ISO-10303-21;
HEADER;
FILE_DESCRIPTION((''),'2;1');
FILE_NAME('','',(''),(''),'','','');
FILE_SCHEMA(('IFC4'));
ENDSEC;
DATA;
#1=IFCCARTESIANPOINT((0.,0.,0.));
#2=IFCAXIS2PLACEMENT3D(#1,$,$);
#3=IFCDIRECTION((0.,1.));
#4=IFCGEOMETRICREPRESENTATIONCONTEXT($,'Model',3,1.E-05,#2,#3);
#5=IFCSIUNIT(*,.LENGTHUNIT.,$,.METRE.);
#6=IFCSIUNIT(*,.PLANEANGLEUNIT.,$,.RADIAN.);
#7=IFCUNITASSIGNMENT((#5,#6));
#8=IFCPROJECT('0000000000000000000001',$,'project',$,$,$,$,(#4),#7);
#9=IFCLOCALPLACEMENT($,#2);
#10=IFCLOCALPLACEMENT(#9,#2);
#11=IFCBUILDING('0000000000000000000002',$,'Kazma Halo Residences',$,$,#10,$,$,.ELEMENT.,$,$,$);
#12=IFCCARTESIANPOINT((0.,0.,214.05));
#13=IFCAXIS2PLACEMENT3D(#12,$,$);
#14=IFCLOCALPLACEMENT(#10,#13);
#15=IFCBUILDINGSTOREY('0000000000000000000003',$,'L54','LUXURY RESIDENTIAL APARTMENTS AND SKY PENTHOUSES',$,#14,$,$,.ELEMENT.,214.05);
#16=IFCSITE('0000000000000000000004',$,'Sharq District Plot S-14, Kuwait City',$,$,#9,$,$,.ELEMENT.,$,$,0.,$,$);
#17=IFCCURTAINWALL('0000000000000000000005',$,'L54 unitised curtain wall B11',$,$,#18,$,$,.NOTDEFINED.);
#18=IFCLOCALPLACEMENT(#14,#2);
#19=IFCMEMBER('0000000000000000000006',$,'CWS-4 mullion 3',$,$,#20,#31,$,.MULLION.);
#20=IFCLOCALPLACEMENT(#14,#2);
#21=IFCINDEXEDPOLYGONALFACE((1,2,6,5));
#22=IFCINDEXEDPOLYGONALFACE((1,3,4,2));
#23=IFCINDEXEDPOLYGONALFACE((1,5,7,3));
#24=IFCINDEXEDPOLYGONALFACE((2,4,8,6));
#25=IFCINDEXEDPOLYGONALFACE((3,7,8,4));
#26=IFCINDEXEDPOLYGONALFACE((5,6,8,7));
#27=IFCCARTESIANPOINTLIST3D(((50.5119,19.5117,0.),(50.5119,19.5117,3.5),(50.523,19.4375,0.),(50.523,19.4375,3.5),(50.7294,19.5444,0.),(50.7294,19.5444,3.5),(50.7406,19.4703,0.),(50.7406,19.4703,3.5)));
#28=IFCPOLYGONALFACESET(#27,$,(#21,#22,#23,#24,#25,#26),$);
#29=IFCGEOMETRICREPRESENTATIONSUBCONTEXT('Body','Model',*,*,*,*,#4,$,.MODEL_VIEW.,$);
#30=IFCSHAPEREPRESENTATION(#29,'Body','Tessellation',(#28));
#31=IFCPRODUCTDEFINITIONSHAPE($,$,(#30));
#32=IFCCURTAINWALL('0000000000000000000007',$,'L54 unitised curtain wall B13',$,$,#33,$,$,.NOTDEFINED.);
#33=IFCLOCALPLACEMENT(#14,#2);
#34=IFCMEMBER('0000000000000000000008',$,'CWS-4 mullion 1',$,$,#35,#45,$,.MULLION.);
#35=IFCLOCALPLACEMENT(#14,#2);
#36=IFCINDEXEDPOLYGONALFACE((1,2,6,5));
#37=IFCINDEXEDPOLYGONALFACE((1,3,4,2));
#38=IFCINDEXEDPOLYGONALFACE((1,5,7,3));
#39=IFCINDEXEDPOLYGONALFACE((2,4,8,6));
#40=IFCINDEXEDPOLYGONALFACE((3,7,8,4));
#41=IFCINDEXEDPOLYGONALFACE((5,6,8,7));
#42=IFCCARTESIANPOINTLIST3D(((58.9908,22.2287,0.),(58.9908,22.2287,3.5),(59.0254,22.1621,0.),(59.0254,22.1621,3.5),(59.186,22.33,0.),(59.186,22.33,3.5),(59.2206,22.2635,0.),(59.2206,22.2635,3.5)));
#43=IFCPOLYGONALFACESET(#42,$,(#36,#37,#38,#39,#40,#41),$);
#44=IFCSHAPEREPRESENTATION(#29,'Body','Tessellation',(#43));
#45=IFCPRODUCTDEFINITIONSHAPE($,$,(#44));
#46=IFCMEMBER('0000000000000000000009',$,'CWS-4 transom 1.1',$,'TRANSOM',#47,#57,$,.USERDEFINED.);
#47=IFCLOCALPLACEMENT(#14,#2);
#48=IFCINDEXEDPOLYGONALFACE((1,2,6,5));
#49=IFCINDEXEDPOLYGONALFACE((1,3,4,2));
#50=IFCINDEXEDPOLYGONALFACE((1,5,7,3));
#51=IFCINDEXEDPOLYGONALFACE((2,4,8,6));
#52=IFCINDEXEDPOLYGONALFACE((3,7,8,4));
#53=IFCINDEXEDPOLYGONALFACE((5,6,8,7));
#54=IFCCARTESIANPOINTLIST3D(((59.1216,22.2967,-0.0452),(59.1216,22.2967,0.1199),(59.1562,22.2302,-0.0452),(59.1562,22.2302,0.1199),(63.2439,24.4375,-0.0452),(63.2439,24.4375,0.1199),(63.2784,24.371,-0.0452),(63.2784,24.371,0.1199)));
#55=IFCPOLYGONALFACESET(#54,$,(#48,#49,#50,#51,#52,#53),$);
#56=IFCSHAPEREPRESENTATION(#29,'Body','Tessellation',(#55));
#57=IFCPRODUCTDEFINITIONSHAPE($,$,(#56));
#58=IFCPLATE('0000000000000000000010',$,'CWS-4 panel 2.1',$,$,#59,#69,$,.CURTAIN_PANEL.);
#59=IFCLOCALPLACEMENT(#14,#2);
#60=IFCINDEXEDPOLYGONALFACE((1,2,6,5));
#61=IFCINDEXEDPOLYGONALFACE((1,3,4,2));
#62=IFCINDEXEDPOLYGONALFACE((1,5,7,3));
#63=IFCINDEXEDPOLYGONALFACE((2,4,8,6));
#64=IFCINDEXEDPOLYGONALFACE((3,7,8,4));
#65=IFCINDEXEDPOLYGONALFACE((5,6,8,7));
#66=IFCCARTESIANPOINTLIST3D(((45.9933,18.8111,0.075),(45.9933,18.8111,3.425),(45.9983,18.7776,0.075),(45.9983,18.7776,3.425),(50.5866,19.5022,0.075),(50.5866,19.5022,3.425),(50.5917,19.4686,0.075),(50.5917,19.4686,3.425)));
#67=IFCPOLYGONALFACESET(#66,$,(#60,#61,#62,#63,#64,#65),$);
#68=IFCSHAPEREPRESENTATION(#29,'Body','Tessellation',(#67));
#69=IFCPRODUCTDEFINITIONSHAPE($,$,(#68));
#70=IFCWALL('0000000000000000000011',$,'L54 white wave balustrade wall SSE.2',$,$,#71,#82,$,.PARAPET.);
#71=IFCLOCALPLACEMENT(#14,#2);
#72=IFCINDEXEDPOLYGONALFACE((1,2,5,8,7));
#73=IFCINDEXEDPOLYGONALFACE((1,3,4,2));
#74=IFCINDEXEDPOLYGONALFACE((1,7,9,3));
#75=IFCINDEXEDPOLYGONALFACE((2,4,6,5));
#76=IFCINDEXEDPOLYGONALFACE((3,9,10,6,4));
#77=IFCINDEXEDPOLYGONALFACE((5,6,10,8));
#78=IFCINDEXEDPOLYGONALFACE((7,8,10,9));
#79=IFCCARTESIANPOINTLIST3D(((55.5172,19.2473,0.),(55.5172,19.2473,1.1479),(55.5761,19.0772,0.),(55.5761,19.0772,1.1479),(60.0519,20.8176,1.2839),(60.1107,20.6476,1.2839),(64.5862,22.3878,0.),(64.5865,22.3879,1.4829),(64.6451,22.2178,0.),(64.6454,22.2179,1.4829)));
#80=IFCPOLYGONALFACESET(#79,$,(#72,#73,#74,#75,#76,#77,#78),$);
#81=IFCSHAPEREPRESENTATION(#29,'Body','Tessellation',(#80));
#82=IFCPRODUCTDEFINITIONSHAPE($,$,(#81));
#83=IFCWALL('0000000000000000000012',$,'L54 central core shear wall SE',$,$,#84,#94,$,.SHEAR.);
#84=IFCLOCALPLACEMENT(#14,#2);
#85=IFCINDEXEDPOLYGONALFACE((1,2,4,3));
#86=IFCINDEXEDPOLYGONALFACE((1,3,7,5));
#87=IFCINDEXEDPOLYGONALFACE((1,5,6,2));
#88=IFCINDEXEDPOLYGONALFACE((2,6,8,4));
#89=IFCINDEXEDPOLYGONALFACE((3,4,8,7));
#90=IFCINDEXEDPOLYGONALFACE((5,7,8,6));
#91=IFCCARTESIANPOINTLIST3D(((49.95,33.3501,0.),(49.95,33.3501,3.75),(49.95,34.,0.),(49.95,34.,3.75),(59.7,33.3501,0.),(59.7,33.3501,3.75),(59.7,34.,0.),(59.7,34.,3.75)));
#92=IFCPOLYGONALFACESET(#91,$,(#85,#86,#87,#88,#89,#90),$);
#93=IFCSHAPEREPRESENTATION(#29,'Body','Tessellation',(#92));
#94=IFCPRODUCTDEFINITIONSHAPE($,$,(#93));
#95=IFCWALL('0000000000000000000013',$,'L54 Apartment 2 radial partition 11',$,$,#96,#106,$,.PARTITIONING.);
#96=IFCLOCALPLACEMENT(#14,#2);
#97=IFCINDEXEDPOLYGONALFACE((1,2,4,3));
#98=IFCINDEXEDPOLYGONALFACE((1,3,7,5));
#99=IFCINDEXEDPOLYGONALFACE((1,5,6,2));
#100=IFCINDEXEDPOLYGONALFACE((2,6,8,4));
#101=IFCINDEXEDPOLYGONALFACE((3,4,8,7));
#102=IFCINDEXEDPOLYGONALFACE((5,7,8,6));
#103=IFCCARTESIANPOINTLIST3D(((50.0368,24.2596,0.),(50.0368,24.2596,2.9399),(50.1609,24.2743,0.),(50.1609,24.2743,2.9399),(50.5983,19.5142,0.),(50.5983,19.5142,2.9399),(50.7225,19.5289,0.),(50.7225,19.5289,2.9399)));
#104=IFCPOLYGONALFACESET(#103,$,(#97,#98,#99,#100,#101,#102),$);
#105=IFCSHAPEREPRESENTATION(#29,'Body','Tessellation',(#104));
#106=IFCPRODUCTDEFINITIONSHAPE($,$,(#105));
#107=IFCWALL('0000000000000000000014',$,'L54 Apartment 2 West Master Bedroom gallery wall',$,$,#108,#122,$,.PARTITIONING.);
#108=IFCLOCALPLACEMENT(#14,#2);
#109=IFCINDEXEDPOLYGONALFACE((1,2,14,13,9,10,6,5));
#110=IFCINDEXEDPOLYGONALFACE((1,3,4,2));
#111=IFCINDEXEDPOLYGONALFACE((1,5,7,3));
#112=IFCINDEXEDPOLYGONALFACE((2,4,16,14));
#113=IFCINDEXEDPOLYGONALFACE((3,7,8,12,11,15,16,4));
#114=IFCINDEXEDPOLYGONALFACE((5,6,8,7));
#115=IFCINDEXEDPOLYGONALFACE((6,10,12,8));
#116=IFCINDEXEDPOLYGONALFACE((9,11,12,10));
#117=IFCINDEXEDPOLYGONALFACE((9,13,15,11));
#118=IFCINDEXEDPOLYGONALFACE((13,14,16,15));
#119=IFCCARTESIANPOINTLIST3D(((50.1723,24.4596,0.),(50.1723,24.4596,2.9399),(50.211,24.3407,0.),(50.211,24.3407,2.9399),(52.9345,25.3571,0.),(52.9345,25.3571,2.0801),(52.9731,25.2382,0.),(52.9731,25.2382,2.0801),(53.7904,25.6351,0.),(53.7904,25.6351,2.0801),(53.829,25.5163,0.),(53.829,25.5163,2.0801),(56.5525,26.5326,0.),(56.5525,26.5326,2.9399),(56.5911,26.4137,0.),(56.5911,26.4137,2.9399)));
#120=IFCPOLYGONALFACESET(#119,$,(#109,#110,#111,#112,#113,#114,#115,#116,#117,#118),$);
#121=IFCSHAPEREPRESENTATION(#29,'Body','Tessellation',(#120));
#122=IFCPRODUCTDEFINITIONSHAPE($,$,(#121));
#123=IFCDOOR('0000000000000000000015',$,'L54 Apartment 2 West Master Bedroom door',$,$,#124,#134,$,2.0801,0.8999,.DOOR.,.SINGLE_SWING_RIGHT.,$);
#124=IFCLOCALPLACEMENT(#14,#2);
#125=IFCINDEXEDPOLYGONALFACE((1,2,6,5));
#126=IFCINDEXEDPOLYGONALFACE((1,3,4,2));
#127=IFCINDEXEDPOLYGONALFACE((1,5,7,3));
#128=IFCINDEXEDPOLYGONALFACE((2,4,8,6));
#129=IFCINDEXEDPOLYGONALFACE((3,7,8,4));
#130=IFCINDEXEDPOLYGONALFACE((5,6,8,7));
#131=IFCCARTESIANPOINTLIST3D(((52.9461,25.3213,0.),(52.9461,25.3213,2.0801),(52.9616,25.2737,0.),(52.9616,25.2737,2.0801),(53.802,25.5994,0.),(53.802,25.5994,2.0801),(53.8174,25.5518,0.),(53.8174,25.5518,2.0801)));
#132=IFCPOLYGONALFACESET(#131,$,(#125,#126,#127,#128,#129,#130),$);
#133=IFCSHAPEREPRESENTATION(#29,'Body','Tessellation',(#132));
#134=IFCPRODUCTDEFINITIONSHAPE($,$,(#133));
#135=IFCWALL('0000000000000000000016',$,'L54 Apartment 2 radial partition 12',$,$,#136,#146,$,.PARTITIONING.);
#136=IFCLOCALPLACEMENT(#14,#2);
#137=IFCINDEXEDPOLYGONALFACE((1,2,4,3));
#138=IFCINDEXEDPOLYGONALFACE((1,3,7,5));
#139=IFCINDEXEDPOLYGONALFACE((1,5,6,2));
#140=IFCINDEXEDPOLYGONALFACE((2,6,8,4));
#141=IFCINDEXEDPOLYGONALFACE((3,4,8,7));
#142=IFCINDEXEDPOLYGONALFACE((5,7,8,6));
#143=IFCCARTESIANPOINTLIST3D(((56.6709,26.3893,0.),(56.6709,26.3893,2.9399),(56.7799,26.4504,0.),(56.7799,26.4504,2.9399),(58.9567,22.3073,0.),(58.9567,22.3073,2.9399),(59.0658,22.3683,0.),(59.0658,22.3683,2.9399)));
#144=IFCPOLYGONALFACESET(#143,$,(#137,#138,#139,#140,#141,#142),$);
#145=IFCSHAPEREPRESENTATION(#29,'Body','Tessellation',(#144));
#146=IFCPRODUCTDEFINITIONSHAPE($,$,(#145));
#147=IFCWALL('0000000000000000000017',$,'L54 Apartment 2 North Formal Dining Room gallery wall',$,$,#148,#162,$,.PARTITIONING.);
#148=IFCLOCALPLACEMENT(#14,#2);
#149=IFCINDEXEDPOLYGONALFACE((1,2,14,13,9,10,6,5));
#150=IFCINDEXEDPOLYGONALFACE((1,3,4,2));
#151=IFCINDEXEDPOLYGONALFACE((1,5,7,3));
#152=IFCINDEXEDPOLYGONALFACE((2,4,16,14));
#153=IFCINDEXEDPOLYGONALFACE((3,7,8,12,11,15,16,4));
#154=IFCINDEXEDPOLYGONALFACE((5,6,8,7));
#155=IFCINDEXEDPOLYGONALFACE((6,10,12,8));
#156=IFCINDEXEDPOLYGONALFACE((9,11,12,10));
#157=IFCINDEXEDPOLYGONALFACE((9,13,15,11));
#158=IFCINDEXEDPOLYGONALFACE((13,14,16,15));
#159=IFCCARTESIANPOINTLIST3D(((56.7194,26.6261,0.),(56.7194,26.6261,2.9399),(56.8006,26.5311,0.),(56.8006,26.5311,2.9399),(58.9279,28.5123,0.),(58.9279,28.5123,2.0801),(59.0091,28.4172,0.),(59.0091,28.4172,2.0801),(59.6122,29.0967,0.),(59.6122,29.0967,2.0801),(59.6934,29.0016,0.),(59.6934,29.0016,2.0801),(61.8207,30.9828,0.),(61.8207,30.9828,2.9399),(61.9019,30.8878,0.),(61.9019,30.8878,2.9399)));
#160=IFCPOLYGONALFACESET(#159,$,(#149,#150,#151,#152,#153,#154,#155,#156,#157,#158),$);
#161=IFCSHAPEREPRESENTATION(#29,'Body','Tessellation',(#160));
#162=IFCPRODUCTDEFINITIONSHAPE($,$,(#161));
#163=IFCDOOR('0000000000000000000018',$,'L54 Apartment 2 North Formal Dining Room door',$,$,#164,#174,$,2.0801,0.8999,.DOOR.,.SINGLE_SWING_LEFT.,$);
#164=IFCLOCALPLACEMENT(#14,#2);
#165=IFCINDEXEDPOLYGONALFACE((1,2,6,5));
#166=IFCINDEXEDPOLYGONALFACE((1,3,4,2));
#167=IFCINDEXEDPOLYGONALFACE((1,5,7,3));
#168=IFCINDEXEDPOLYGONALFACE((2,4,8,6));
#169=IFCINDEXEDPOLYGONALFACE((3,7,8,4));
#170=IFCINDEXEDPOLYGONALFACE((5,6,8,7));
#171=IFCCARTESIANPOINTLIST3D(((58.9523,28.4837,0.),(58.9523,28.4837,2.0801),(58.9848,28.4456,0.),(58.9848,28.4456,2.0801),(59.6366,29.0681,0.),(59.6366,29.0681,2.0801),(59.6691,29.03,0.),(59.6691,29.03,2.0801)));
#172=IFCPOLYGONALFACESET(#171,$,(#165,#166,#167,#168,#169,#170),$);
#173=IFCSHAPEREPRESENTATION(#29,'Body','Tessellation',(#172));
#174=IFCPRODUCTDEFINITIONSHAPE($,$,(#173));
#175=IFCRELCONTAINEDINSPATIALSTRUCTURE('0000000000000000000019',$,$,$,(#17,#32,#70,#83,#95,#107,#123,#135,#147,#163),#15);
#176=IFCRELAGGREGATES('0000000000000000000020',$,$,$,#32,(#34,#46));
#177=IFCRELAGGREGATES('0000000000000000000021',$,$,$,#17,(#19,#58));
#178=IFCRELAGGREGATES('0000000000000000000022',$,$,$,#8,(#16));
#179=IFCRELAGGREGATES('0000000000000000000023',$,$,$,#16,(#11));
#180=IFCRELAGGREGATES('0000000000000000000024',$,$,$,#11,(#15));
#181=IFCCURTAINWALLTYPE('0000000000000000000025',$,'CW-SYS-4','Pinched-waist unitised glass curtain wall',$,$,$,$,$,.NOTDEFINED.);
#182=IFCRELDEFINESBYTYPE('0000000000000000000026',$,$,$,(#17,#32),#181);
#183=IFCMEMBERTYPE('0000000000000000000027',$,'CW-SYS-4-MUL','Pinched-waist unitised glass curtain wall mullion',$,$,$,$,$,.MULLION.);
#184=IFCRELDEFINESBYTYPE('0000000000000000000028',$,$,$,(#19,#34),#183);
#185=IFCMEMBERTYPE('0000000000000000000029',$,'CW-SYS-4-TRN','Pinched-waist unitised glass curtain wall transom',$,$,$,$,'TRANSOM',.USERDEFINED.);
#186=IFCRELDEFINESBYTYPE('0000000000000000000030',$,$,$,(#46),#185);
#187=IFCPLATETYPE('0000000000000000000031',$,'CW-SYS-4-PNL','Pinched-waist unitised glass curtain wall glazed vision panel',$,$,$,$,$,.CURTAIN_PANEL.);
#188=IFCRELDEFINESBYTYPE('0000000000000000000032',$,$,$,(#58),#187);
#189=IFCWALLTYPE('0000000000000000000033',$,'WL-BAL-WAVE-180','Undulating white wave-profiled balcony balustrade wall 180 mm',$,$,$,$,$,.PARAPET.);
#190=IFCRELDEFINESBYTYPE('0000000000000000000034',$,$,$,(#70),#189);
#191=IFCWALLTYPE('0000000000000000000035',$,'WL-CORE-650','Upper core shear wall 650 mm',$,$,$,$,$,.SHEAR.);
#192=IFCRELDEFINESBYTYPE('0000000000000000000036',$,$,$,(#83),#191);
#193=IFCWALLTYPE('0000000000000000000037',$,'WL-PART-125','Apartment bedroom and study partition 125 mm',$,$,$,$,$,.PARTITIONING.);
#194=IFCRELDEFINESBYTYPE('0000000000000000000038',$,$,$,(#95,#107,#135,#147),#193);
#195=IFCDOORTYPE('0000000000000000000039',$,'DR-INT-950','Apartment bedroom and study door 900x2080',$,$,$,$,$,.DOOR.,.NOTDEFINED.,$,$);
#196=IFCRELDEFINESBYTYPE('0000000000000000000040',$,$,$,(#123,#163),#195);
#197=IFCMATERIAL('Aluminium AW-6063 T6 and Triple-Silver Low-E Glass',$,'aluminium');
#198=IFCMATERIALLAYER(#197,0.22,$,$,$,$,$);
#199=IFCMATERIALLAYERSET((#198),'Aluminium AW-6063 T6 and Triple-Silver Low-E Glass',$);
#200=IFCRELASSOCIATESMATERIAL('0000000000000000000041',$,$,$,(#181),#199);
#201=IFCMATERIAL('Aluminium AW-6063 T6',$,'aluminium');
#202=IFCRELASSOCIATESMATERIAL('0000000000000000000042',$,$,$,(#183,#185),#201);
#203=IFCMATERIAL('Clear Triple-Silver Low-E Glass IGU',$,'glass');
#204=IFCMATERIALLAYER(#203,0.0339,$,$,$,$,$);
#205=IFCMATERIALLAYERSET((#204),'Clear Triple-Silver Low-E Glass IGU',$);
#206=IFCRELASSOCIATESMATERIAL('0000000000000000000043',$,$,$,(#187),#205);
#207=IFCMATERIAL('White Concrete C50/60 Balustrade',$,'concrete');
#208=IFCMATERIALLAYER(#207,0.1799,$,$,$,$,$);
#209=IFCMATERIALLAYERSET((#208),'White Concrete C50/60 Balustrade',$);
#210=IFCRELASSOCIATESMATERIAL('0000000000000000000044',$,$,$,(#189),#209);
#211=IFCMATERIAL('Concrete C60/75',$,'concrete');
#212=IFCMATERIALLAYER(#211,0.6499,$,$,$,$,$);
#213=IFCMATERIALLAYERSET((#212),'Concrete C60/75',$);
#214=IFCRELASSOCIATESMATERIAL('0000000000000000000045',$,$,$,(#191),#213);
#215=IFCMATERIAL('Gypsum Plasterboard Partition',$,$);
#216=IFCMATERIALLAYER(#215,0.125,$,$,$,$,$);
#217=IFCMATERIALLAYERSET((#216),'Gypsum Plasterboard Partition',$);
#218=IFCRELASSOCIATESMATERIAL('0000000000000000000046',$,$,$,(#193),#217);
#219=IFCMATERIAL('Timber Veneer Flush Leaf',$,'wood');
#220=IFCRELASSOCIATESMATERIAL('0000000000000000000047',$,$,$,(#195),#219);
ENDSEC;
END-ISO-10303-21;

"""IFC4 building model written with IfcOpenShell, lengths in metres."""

from ifc_helpers import new_model, si_unit, direction, frame, frame_2d, origin, origin_2d, place, context, subcontext, project, spatial, polyline, rectangle, outline, extrude, material, layer, layer_set, material_profile, profile_set, type_object, element, fill, aggregate, save


model = new_model("IFC4")

# Units and contexts
model_context = context("Model", 3, precision=1e-05, world=origin(), true_north=direction((0.0, 1.0)))
body_context = subcontext(model_context, "Body", "Model", "MODEL_VIEW")
ifc_project = project(units=[si_unit("LENGTHUNIT", "METRE"), si_unit("PLANEANGLEUNIT", "RADIAN")], contexts=[model_context])

# Site, building, storey
site_placement = place(None, origin())
site = spatial("IfcSite", under=ifc_project, at=site_placement, Name="Sharq District Plot S-14, Kuwait City", CompositionType="ELEMENT", RefElevation=0.0)
building_placement = place(site_placement, origin())
building = spatial("IfcBuilding", under=site, at=building_placement, Name="Kazma Halo Residences", CompositionType="ELEMENT")
storey_placement = place(building_placement, frame((0.0, 0.0, 214.05)))
storey = spatial("IfcBuildingStorey", under=building, at=storey_placement, Name="L54", Description="LUXURY RESIDENTIAL APARTMENTS AND SKY PENTHOUSES", CompositionType="ELEMENT", Elevation=214.05)

# Curtain wall, member
ifc_material_1 = material(Name="Aluminium AW-6063 T6 and Triple-Silver Low-E Glass", Category="aluminium")
ifc_layer_1 = layer(ifc_material_1, 0.22)
ifc_layer_set_1 = layer_set([ifc_layer_1], Name="Aluminium AW-6063 T6 and Triple-Silver Low-E Glass")
curtain_wall_type = type_object("IfcCurtainWallType", Name="CW-SYS-4", Description="Pinched-waist unitised glass curtain wall", PredefinedType="NOTDEFINED", material=ifc_layer_set_1)
curtain_wall_1_placement = place(storey_placement, origin())
curtain_wall_1 = element("IfcCurtainWall", 1, at=curtain_wall_1_placement, inside=storey, type_object=curtain_wall_type, Name="L54 unitised curtain wall B11", PredefinedType="NOTDEFINED")
ifc_material_2 = material(Name="Aluminium AW-6063 T6", Category="aluminium")
ifc_material_profile_1 = material_profile(ifc_material_2, rectangle(XDim=0.075, YDim=0.22, at=origin_2d()), Name="CWM-75x220")
ifc_profile_set_1 = profile_set([ifc_material_profile_1], Name="Aluminium AW-6063 T6")
member_type_1 = type_object("IfcMemberType", Name="CW-SYS-4-MUL", Description="Pinched-waist unitised glass curtain wall mullion", PredefinedType="MULLION", material=ifc_profile_set_1)
member_1_placement = place(storey_placement, frame((50.6262, 19.491, 0.0), z_axis=(0.0, 0.0, 1.0), x_axis=(-0.148773, 0.988871, 0.0)))
member_1 = element("IfcMember", 2, at=member_1_placement, type_object=member_type_1, Name="CWS-4 mullion 3", PredefinedType="MULLION", context=body_context, shape_type="SweptSolid", body=[
    extrude(rectangle(XDim=0.075, YDim=0.22, at=origin_2d()), origin(), (0.0, 0.0, 1.0), 3.5),
])

# Curtain wall, members
curtain_wall_2_placement = place(storey_placement, origin())
curtain_wall_2 = element("IfcCurtainWall", 3, at=curtain_wall_2_placement, inside=storey, type_object=curtain_wall_type, Name="L54 unitised curtain wall B13", PredefinedType="NOTDEFINED")
member_2_placement = place(storey_placement, frame((59.1057, 22.2461, 0.0), z_axis=(0.0, 0.0, 1.0), x_axis=(-0.460874, 0.887466, 0.0)))
member_2 = element("IfcMember", 4, at=member_2_placement, type_object=member_type_1, Name="CWS-4 mullion 1", PredefinedType="MULLION", context=body_context, shape_type="SweptSolid", body=[
    extrude(rectangle(XDim=0.075, YDim=0.22, at=origin_2d()), origin(), (0.0, 0.0, 1.0), 3.5),
])
ifc_material_profile_2 = material_profile(ifc_material_2, rectangle(XDim=0.075, YDim=0.165, at=origin_2d()), Name="CWT-75x165")
ifc_profile_set_2 = profile_set([ifc_material_profile_2], Name="Aluminium AW-6063 T6")
member_type_2 = type_object("IfcMemberType", Name="CW-SYS-4-TRN", Description="Pinched-waist unitised glass curtain wall transom", ElementType="TRANSOM", PredefinedType="USERDEFINED", material=ifc_profile_set_2)
member_3_placement = place(storey_placement, frame((59.1389, 22.2634, 0.0374), z_axis=(0.887458, 0.460889, 0.0), x_axis=(-0.460889, 0.887458, 0.0)))
member_3 = element("IfcMember", 5, at=member_3_placement, type_object=member_type_2, Name="CWS-4 transom 1.1", ObjectType="TRANSOM", PredefinedType="USERDEFINED", context=body_context, shape_type="SweptSolid", body=[
    extrude(rectangle(XDim=0.075, YDim=0.165, at=origin_2d()), origin(), (0.0, 0.0, 1.0), 4.645),
])
aggregate(curtain_wall_2, [member_2, member_3])

# Plate
ifc_material_3 = material(Name="Clear Triple-Silver Low-E Glass IGU", Category="glass")
ifc_layer_2 = layer(ifc_material_3, 0.0339)
ifc_layer_set_2 = layer_set([ifc_layer_2], Name="Clear Triple-Silver Low-E Glass IGU")
plate_type = type_object("IfcPlateType", Name="CW-SYS-4-PNL", Description="Pinched-waist unitised glass curtain wall glazed vision panel", PredefinedType="CURTAIN_PANEL", material=ifc_layer_set_2)
plate_placement = place(storey_placement, frame((48.2925, 19.1399, 0.075), z_axis=(0.0, 0.0, 1.0), x_axis=(0.988871, 0.148773, 0.0)))
plate = element("IfcPlate", 6, at=plate_placement, type_object=plate_type, Name="CWS-4 panel 2.1", PredefinedType="CURTAIN_PANEL", context=body_context, shape_type="SweptSolid", body=[
    extrude(rectangle(XDim=4.645, YDim=0.0339, at=origin_2d()), origin(), (0.0, 0.0, 1.0), 3.3501),
])
aggregate(curtain_wall_1, [member_1, plate])

# Walls
ifc_material_4 = material(Name="White Concrete C50/60 Balustrade", Category="concrete")
ifc_layer_3 = layer(ifc_material_4, 0.1799)
ifc_layer_set_3 = layer_set([ifc_layer_3], Name="White Concrete C50/60 Balustrade")
wall_type_1 = type_object("IfcWallType", Name="WL-BAL-WAVE-180", Description="Undulating white wave-profiled balcony balustrade wall 180 mm", PredefinedType="PARAPET", material=ifc_layer_set_3)
wall_1_placement = place(storey_placement, frame((55.5466, 19.1624, 0.0), z_axis=(0.0, 0.0, 1.0), x_axis=(0.944943, 0.327234, 0.0)))
element("IfcWall", 7, at=wall_1_placement, inside=storey, type_object=wall_type_1, Name="L54 white wave balustrade wall SSE.2", PredefinedType="PARAPET", context=body_context, shape_type="SweptSolid", body=[
    extrude(outline(polyline([(0.0, 0.0), (9.5974, 0.0), (9.5977, 1.4829), (4.7988, 1.2839), (0.0, 1.1479), (0.0, 0.0)])), frame((0.0, 0.0898, 0.0), z_axis=(0.0, -1.0, 0.0), x_axis=(1.0, 0.0, 0.0)), (0.0, 0.0, 1.0), 0.1799),
])
ifc_material_5 = material(Name="Concrete C60/75", Category="concrete")
ifc_layer_4 = layer(ifc_material_5, 0.6499)
ifc_layer_set_4 = layer_set([ifc_layer_4], Name="Concrete C60/75")
wall_type_2 = type_object("IfcWallType", Name="WL-CORE-650", Description="Upper core shear wall 650 mm", PredefinedType="SHEAR", material=ifc_layer_set_4)
wall_2_placement = place(storey_placement, frame((49.95, 33.675, 0.0), z_axis=(0.0, 0.0, 1.0), x_axis=(1.0, 0.0, 0.0)))
element("IfcWall", 8, at=wall_2_placement, inside=storey, type_object=wall_type_2, Name="L54 central core shear wall SE", PredefinedType="SHEAR", context=body_context, shape_type="SweptSolid", body=[
    extrude(rectangle(XDim=9.75, YDim=0.6499, at=frame_2d((4.875, 0.0))), origin(), (0.0, 0.0, 1.0), 3.75),
])

# Wall
ifc_material_6 = material(Name="Gypsum Plasterboard Partition")
ifc_layer_5 = layer(ifc_material_6, 0.125)
ifc_layer_set_5 = layer_set([ifc_layer_5], Name="Gypsum Plasterboard Partition")
wall_type_3 = type_object("IfcWallType", Name="WL-PART-125", Description="Apartment bedroom and study partition 125 mm", PredefinedType="PARTITIONING", material=ifc_layer_set_5)
wall_3_placement = place(storey_placement, frame((50.0989, 24.2668, 0.0), z_axis=(0.0, 0.0, 1.0), x_axis=(0.117511, -0.993072, 0.0)))
element("IfcWall", 9, at=wall_3_placement, inside=storey, type_object=wall_type_3, Name="L54 Apartment 2 radial partition 11", PredefinedType="PARTITIONING", context=body_context, shape_type="SweptSolid", body=[
    extrude(rectangle(XDim=4.7786, YDim=0.125, at=frame_2d((2.3892, 0.0))), origin(), (0.0, 0.0, 1.0), 2.9399),
])

# Wall, opening, door
wall_4_placement = place(storey_placement, frame((50.1917, 24.4001, 0.0), z_axis=(0.0, 0.0, 1.0), x_axis=(0.951058, 0.309013, 0.0)))
wall_4 = element("IfcWall", 10, at=wall_4_placement, inside=storey, type_object=wall_type_3, Name="L54 Apartment 2 West Master Bedroom gallery wall", PredefinedType="PARTITIONING", context=body_context, shape_type="SweptSolid", body=[
    extrude(rectangle(XDim=6.7085, YDim=0.125, at=frame_2d((3.3542, 0.0))), origin(), (0.0, 0.0, 1.0), 2.9399),
])
opening_1_placement = place(wall_4_placement, frame((2.9043, 0.0, 0.0)))
opening_1 = element("IfcOpeningElement", 11, at=opening_1_placement, cuts=wall_4, PredefinedType="OPENING", context=body_context, shape_type="SweptSolid", body=[
    extrude(rectangle(XDim=0.8999, YDim=2.0801, at=frame_2d((0.45, 1.04))), frame((0.0, 0.0725, 0.0), z_axis=(0.0, -1.0, 0.0), x_axis=(1.0, 0.0, 0.0)), (0.0, 0.0, 1.0), 0.145),
])
ifc_material_7 = material(Name="Timber Veneer Flush Leaf", Category="wood")
door_type_1 = type_object("IfcDoorType", Name="DR-INT-950", Description="Apartment bedroom and study door 900x2080", OperationType="NOTDEFINED", PredefinedType="DOOR", material=ifc_material_7)
door_1_placement = place(opening_1_placement, origin())
door_1 = element("IfcDoor", 12, at=door_1_placement, inside=storey, type_object=door_type_1, Name="L54 Apartment 2 West Master Bedroom door", OperationType="SINGLE_SWING_RIGHT", OverallHeight=2.0801, OverallWidth=0.8999, PredefinedType="DOOR", context=body_context, shape_type="SweptSolid", body=[
    extrude(rectangle(XDim=0.8999, YDim=2.0801, at=frame_2d((0.45, 1.04))), frame((0.0, 0.0249, 0.0), z_axis=(0.0, -1.0, 0.0), x_axis=(1.0, 0.0, 0.0)), (0.0, 0.0, 1.0), 0.05),
])
fill(opening_1, door_1)

# Wall
wall_5_placement = place(storey_placement, frame((56.7253, 26.4199, 0.0), z_axis=(0.0, 0.0, 1.0), x_axis=(0.488595, -0.87251, 0.0)))
element("IfcWall", 13, at=wall_5_placement, inside=storey, type_object=wall_type_3, Name="L54 Apartment 2 radial partition 12", PredefinedType="PARTITIONING", context=body_context, shape_type="SweptSolid", body=[
    extrude(rectangle(XDim=4.6785, YDim=0.125, at=frame_2d((2.3394, 0.0))), origin(), (0.0, 0.0, 1.0), 2.9399),
])

# Wall, opening, door
wall_6_placement = place(storey_placement, frame((56.76, 26.5786, 0.0), z_axis=(0.0, 0.0, 1.0), x_axis=(0.760424, 0.649427, 0.0)))
wall_6 = element("IfcWall", 14, at=wall_6_placement, inside=storey, type_object=wall_type_3, Name="L54 Apartment 2 North Formal Dining Room gallery wall", PredefinedType="PARTITIONING", context=body_context, shape_type="SweptSolid", body=[
    extrude(rectangle(XDim=6.7085, YDim=0.125, at=frame_2d((3.3542, 0.0))), origin(), (0.0, 0.0, 1.0), 2.9399),
])
opening_2_placement = place(wall_6_placement, frame((2.9043, 0.0, 0.0)))
opening_2 = element("IfcOpeningElement", 15, at=opening_2_placement, cuts=wall_6, PredefinedType="OPENING", context=body_context, shape_type="SweptSolid", body=[
    extrude(rectangle(XDim=0.8999, YDim=2.0801, at=frame_2d((0.45, 1.04))), frame((0.0, 0.0725, 0.0), z_axis=(0.0, -1.0, 0.0), x_axis=(1.0, 0.0, 0.0)), (0.0, 0.0, 1.0), 0.145),
])
door_2_placement = place(opening_2_placement, origin())
door_2 = element("IfcDoor", 16, at=door_2_placement, inside=storey, type_object=door_type_1, Name="L54 Apartment 2 North Formal Dining Room door", OperationType="SINGLE_SWING_LEFT", OverallHeight=2.0801, OverallWidth=0.8999, PredefinedType="DOOR", context=body_context, shape_type="SweptSolid", body=[
    extrude(rectangle(XDim=0.8999, YDim=2.0801, at=frame_2d((0.45, 1.04))), frame((0.0, 0.0249, 0.0), z_axis=(0.0, -1.0, 0.0), x_axis=(1.0, 0.0, 0.0)), (0.0, 0.0, 1.0), 0.05),
])
fill(opening_2, door_2)

save(model, "model.ifc")
